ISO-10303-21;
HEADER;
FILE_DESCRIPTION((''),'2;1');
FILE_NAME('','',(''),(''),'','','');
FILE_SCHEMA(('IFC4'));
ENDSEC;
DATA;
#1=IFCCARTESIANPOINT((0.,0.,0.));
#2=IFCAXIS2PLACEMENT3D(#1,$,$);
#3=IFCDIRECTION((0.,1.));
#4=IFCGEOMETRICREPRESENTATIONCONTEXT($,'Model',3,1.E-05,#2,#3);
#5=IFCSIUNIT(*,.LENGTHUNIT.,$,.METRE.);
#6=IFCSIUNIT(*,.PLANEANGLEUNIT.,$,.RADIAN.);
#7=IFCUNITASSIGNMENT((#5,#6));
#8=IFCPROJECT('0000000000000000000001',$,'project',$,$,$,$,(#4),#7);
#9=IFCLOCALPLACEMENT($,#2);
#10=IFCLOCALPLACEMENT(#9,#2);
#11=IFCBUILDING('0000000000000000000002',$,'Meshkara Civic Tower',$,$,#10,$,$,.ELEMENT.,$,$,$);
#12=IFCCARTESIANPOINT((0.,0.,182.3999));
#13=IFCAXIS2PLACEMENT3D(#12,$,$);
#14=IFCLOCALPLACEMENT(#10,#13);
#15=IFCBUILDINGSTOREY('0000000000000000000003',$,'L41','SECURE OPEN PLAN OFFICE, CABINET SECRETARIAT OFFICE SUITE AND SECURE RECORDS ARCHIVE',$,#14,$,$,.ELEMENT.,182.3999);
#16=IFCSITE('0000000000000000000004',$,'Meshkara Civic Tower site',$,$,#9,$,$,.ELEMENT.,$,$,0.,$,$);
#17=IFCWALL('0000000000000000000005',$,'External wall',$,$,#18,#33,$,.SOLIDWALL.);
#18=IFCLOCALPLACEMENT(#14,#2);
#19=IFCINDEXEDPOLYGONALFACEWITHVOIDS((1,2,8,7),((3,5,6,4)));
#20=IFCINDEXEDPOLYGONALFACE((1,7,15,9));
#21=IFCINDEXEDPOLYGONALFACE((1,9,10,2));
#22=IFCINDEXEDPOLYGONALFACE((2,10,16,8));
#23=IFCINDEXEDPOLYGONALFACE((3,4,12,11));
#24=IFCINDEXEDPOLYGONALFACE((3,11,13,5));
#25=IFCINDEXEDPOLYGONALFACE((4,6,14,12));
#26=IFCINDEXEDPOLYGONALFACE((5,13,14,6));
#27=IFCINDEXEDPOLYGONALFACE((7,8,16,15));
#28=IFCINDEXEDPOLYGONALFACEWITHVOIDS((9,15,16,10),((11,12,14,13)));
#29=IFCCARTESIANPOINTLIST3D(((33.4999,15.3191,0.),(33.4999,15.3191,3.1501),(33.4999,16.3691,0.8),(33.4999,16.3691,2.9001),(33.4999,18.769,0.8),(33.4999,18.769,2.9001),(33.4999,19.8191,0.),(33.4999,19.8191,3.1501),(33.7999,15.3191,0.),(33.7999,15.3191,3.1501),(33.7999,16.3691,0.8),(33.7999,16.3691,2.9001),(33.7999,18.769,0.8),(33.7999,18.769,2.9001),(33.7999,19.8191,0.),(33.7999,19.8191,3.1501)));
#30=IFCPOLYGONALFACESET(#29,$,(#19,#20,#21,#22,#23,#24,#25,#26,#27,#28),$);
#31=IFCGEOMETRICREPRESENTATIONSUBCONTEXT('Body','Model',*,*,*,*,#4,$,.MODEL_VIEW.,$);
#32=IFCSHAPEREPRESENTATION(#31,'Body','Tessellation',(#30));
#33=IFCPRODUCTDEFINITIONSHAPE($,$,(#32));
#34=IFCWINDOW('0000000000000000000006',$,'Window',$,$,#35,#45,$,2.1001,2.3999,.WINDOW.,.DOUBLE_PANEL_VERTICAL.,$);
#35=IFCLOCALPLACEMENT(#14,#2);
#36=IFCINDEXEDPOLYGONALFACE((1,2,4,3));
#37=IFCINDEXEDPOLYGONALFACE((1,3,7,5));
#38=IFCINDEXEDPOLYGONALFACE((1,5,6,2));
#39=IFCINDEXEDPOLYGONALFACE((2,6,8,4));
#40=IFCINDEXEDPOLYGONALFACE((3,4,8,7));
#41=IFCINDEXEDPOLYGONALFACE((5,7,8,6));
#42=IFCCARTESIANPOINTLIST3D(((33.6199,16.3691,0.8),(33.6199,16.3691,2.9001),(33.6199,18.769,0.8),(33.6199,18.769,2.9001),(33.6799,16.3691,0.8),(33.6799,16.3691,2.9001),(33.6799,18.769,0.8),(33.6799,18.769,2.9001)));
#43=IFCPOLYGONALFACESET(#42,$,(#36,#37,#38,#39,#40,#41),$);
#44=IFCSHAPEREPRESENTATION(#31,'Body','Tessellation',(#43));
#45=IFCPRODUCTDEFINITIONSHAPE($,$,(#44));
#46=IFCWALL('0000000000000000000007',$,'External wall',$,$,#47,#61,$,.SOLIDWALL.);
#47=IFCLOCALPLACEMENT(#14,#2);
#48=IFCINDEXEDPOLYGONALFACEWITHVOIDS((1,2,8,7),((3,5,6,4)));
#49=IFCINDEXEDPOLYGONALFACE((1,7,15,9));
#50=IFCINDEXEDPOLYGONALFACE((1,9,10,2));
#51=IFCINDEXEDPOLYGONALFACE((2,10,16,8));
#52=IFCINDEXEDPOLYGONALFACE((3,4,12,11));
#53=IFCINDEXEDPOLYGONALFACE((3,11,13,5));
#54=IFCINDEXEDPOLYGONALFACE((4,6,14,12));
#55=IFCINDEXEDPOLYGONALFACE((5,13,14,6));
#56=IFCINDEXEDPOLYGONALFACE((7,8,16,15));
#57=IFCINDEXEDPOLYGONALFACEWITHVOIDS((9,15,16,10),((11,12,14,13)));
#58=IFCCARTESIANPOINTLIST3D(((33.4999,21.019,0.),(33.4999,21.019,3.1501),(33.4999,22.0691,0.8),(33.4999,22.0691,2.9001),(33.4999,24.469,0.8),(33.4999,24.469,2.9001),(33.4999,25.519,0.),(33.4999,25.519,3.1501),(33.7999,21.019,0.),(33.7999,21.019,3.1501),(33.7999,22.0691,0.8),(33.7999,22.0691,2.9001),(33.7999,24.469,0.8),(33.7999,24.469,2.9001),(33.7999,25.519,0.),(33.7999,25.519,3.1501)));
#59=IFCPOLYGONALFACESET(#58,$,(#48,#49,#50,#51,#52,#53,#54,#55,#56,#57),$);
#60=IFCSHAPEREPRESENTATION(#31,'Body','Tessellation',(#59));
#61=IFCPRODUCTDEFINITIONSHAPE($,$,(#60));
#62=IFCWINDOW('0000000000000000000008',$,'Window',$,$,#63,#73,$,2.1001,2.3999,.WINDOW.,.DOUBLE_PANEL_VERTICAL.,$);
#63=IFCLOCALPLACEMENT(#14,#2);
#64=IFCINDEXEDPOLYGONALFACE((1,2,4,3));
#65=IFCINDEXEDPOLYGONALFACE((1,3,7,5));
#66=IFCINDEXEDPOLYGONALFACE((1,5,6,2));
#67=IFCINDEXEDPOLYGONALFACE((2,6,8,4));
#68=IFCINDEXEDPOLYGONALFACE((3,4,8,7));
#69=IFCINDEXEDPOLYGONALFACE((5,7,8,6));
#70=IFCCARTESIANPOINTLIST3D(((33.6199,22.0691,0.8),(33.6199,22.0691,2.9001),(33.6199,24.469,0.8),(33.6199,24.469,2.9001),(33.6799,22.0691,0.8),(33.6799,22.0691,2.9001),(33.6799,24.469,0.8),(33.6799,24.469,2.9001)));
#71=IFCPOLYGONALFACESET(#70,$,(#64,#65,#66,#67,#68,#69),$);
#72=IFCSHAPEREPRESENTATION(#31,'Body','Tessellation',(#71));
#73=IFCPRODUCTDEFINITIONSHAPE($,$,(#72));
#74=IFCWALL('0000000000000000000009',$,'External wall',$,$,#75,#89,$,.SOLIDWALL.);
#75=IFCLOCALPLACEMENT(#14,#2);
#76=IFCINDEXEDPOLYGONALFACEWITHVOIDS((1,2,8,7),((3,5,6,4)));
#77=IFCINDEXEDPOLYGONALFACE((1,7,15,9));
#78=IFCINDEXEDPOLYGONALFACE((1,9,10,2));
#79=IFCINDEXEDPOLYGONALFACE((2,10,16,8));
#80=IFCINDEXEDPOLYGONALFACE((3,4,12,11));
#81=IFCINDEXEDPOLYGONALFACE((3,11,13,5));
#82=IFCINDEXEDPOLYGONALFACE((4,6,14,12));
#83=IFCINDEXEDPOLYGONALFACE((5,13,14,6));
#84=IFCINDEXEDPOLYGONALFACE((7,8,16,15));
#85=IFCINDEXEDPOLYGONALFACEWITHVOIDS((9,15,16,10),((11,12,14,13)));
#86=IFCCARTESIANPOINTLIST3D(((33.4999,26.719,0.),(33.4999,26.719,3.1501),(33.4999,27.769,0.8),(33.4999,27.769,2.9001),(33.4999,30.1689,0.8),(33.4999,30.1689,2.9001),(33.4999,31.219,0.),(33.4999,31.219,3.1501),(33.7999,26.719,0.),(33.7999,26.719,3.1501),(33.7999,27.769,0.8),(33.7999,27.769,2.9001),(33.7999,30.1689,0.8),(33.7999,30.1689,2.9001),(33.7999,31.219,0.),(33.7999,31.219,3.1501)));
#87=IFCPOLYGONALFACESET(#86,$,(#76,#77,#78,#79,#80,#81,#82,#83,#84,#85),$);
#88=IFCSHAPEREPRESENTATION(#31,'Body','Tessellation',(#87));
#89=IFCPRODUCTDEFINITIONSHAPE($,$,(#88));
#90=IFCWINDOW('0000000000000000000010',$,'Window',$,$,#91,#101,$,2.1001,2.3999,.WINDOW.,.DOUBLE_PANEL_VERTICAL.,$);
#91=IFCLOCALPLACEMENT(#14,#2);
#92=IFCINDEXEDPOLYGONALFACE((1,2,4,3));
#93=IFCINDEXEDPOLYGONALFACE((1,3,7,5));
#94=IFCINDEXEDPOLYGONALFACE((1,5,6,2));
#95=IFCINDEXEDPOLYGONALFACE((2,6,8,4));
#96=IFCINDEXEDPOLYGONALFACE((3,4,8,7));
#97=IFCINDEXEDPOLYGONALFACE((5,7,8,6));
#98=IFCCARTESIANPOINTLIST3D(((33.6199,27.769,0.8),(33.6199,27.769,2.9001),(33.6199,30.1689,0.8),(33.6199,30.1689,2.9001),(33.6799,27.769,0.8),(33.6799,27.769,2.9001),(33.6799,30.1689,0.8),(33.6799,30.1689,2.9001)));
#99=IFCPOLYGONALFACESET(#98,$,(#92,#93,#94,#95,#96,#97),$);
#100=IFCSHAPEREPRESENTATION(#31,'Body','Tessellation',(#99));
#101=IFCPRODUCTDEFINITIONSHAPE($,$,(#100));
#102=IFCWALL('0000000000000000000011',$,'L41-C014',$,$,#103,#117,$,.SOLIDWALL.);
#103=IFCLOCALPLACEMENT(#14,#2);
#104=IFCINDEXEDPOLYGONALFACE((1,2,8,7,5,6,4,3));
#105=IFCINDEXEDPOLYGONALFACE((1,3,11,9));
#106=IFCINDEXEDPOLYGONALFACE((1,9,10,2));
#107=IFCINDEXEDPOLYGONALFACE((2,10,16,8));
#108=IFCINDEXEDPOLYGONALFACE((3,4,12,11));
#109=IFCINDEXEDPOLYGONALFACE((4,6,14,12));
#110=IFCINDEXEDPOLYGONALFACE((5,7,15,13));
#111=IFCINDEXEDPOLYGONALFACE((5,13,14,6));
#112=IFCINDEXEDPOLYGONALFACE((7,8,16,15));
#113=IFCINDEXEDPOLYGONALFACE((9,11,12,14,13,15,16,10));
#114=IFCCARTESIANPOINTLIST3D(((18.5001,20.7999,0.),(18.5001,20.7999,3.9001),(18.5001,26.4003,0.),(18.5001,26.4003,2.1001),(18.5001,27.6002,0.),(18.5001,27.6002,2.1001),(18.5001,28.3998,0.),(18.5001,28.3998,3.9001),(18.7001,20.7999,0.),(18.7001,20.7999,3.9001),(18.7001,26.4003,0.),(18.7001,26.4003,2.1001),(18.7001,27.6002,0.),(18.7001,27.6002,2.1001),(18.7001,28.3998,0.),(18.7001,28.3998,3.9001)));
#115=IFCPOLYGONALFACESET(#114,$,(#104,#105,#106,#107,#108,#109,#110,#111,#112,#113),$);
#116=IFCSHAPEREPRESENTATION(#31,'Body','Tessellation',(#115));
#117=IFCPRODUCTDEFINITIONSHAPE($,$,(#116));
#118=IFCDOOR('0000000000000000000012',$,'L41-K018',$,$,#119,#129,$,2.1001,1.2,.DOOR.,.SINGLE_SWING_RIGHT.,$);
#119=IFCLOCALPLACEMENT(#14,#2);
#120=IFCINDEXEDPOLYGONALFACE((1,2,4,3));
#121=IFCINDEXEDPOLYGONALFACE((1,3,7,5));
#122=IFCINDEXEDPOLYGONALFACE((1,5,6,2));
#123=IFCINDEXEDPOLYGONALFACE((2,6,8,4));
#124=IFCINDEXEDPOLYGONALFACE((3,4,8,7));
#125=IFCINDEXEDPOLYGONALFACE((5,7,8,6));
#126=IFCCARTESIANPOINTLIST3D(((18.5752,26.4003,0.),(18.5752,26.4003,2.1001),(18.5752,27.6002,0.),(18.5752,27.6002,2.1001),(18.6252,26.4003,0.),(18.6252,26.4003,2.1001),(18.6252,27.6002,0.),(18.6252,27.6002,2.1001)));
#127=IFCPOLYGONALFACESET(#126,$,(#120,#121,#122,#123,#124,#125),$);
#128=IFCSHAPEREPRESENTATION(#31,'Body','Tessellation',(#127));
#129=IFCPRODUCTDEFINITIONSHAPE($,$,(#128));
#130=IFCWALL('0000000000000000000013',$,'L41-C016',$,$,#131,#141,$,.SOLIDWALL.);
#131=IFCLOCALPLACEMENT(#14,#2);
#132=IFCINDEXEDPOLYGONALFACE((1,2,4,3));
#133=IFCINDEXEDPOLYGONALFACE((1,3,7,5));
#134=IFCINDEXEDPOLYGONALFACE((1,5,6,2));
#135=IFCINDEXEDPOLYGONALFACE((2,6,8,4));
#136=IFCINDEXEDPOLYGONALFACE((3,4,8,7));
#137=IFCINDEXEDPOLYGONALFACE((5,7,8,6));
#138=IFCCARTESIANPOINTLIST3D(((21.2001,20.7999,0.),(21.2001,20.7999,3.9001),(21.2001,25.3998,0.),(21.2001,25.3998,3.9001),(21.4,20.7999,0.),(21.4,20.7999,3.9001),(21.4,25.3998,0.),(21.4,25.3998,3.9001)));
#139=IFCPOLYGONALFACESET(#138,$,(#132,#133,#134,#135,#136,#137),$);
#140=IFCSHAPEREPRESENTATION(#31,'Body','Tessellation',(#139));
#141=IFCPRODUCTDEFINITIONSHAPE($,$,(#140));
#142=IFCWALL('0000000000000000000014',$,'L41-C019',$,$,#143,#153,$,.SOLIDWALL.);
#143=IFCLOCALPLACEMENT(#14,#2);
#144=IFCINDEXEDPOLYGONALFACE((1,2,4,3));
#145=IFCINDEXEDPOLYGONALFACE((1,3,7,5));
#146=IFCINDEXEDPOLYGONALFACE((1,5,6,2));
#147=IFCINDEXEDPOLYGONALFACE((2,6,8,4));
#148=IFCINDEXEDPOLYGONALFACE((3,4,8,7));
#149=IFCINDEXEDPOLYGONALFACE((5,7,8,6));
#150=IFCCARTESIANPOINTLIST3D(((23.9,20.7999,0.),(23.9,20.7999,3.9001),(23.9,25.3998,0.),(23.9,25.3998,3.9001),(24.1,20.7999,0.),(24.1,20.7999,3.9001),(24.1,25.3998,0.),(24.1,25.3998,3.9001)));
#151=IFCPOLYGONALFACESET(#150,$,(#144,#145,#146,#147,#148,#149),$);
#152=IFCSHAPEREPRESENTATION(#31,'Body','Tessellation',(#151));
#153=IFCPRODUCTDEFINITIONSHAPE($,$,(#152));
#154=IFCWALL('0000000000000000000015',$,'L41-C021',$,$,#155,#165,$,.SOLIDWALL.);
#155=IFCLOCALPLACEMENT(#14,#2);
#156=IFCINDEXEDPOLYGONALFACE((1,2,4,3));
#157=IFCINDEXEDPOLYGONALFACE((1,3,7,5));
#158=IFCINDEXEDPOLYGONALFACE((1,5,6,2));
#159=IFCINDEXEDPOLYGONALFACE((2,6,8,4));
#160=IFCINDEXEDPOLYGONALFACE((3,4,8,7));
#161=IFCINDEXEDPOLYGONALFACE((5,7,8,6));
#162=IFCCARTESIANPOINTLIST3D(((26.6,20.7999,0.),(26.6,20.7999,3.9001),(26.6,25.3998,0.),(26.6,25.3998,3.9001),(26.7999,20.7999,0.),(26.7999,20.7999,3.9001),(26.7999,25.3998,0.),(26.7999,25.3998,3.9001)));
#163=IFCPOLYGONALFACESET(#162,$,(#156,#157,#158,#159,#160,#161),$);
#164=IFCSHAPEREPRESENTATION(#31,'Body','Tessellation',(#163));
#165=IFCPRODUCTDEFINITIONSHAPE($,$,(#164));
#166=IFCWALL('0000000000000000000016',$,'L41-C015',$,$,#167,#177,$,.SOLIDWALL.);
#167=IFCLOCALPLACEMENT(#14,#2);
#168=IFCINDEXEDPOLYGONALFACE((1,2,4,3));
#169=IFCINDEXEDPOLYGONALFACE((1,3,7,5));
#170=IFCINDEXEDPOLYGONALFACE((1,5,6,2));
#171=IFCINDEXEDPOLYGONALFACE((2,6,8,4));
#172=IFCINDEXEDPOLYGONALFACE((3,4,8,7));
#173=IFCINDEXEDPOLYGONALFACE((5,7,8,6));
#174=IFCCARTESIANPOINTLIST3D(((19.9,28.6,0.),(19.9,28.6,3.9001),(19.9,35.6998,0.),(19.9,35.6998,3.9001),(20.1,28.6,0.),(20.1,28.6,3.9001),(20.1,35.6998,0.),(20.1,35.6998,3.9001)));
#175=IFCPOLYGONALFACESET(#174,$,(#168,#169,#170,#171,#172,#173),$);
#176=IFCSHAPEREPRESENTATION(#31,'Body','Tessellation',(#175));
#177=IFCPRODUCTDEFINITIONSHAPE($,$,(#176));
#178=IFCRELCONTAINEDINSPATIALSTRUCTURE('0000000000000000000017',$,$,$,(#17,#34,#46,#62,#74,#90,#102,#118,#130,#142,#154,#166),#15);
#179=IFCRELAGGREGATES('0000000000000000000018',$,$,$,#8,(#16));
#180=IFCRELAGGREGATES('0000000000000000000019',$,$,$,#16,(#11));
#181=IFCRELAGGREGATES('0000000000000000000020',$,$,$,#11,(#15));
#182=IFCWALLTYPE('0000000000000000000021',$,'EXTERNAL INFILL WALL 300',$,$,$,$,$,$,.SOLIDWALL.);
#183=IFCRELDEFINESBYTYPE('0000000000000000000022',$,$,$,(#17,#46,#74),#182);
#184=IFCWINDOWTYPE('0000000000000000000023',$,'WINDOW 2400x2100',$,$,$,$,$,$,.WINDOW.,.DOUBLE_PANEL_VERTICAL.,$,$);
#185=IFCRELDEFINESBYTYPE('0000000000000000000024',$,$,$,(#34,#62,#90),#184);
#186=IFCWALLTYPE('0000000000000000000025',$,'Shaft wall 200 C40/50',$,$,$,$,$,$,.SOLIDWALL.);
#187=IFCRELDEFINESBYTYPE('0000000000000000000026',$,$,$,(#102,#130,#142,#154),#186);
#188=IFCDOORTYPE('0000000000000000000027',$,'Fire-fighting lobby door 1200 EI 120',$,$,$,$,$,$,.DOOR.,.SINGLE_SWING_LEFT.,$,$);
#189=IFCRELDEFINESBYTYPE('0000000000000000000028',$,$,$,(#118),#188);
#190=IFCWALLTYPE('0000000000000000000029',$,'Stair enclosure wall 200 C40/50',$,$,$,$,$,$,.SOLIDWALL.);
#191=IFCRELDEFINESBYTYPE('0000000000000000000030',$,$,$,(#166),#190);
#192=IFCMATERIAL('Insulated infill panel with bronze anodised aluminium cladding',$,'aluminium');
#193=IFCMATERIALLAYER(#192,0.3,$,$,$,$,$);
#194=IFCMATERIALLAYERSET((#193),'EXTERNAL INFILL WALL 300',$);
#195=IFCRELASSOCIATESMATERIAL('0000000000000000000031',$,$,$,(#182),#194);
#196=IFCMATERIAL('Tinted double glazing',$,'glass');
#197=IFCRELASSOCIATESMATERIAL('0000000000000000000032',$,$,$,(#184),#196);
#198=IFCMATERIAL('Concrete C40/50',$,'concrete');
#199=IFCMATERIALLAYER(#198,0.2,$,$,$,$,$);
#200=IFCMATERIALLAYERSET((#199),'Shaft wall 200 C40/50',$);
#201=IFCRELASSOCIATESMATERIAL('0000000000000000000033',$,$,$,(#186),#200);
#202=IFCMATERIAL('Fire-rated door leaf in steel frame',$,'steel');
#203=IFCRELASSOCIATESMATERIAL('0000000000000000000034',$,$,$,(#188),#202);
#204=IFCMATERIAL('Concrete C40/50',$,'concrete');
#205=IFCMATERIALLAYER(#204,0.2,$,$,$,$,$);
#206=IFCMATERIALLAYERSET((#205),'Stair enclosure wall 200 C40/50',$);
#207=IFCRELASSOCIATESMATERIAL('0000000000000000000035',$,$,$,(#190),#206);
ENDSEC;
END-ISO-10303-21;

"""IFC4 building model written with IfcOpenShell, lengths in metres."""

from ifc_helpers import new_model, si_unit, direction, frame, frame_2d, origin, place, context, subcontext, project, spatial, rectangle, extrude, material, layer, layer_set, type_object, element, fill, save


model = new_model("IFC4")

# Units and contexts
model_context = context("Model", 3, precision=1e-05, world=origin(), true_north=direction((0.0, 1.0)))
body_context = subcontext(model_context, "Body", "Model", "MODEL_VIEW")
ifc_project = project(units=[si_unit("LENGTHUNIT", "METRE"), si_unit("PLANEANGLEUNIT", "RADIAN")], contexts=[model_context])

# Site, building, storey
site_placement = place(None, origin())
site = spatial("IfcSite", under=ifc_project, at=site_placement, Name="Meshkara Civic Tower site", CompositionType="ELEMENT", RefElevation=0.0)
building_placement = place(site_placement, origin())
building = spatial("IfcBuilding", under=site, at=building_placement, Name="Meshkara Civic Tower", CompositionType="ELEMENT")
storey_placement = place(building_placement, frame((0.0, 0.0, 182.3999)))
storey = spatial("IfcBuildingStorey", under=building, at=storey_placement, Name="L41", Description="SECURE OPEN PLAN OFFICE, CABINET SECRETARIAT OFFICE SUITE AND SECURE RECORDS ARCHIVE", CompositionType="ELEMENT", Elevation=182.3999)

# Walls, openings, windows
ifc_material_1 = material(Name="Insulated infill panel with bronze anodised aluminium cladding", Category="aluminium")
ifc_layer_1 = layer(ifc_material_1, 0.3)
ifc_layer_set_1 = layer_set([ifc_layer_1], Name="EXTERNAL INFILL WALL 300")
wall_type_1 = type_object("IfcWallType", Name="EXTERNAL INFILL WALL 300", PredefinedType="SOLIDWALL", material=ifc_layer_set_1)
ifc_material_2 = material(Name="Tinted double glazing", Category="glass")
window_type = type_object("IfcWindowType", Name="WINDOW 2400x2100", PartitioningType="DOUBLE_PANEL_VERTICAL", PredefinedType="WINDOW", material=ifc_material_2)
wall_1_placement = place(storey_placement, frame((33.6499, 15.3191, 0.0), z_axis=(0.0, 0.0, 1.0), x_axis=(0.0, 1.0, 0.0)))
wall_1 = element("IfcWall", 1, at=wall_1_placement, inside=storey, type_object=wall_type_1, Name="External wall", PredefinedType="SOLIDWALL", context=body_context, shape_type="SweptSolid", body=[
    extrude(rectangle(XDim=4.5, YDim=0.3, at=frame_2d((2.25, 0.0))), origin(), (0.0, 0.0, 1.0), 3.1501),
])
opening_1_placement = place(wall_1_placement, frame((1.05, 0.0, 0.8)))
opening_1 = element("IfcOpeningElement", 2, at=opening_1_placement, cuts=wall_1, PredefinedType="OPENING", context=body_context, shape_type="SweptSolid", body=[
    extrude(rectangle(XDim=2.3999, YDim=2.1001, at=frame_2d((1.2, 1.05))), frame((0.0, 0.1599, 0.0), z_axis=(0.0, -1.0, 0.0), x_axis=(1.0, 0.0, 0.0)), (0.0, 0.0, 1.0), 0.3201),
])
window_1_placement = place(opening_1_placement, origin())
window_1 = element("IfcWindow", 3, at=window_1_placement, inside=storey, type_object=window_type, Name="Window", OverallHeight=2.1001, OverallWidth=2.3999, PartitioningType="DOUBLE_PANEL_VERTICAL", PredefinedType="WINDOW", context=body_context, shape_type="SweptSolid", body=[
    extrude(rectangle(XDim=2.3999, YDim=2.1001, at=frame_2d((1.2, 1.05))), frame((0.0, 0.03, 0.0), z_axis=(0.0, -1.0, 0.0), x_axis=(1.0, 0.0, 0.0)), (0.0, 0.0, 1.0), 0.0601),
])
fill(opening_1, window_1)
wall_2_placement = place(storey_placement, frame((33.6499, 21.019, 0.0), z_axis=(0.0, 0.0, 1.0), x_axis=(0.0, 1.0, 0.0)))
wall_2 = element("IfcWall", 4, at=wall_2_placement, inside=storey, type_object=wall_type_1, Name="External wall", PredefinedType="SOLIDWALL", context=body_context, shape_type="SweptSolid", body=[
    extrude(rectangle(XDim=4.5, YDim=0.3, at=frame_2d((2.25, 0.0))), origin(), (0.0, 0.0, 1.0), 3.1501),
])
opening_2_placement = place(wall_2_placement, frame((1.05, 0.0, 0.8)))
opening_2 = element("IfcOpeningElement", 5, at=opening_2_placement, cuts=wall_2, PredefinedType="OPENING", context=body_context, shape_type="SweptSolid", body=[
    extrude(rectangle(XDim=2.3999, YDim=2.1001, at=frame_2d((1.2, 1.05))), frame((0.0, 0.1599, 0.0), z_axis=(0.0, -1.0, 0.0), x_axis=(1.0, 0.0, 0.0)), (0.0, 0.0, 1.0), 0.3201),
])
window_2_placement = place(opening_2_placement, origin())
window_2 = element("IfcWindow", 6, at=window_2_placement, inside=storey, type_object=window_type, Name="Window", OverallHeight=2.1001, OverallWidth=2.3999, PartitioningType="DOUBLE_PANEL_VERTICAL", PredefinedType="WINDOW", context=body_context, shape_type="SweptSolid", body=[
    extrude(rectangle(XDim=2.3999, YDim=2.1001, at=frame_2d((1.2, 1.05))), frame((0.0, 0.03, 0.0), z_axis=(0.0, -1.0, 0.0), x_axis=(1.0, 0.0, 0.0)), (0.0, 0.0, 1.0), 0.0601),
])
fill(opening_2, window_2)
wall_3_placement = place(storey_placement, frame((33.6499, 26.719, 0.0), z_axis=(0.0, 0.0, 1.0), x_axis=(0.0, 1.0, 0.0)))
wall_3 = element("IfcWall", 7, at=wall_3_placement, inside=storey, type_object=wall_type_1, Name="External wall", PredefinedType="SOLIDWALL", context=body_context, shape_type="SweptSolid", body=[
    extrude(rectangle(XDim=4.5, YDim=0.3, at=frame_2d((2.25, 0.0))), origin(), (0.0, 0.0, 1.0), 3.1501),
])
opening_3_placement = place(wall_3_placement, frame((1.05, 0.0, 0.8)))
opening_3 = element("IfcOpeningElement", 8, at=opening_3_placement, cuts=wall_3, PredefinedType="OPENING", context=body_context, shape_type="SweptSolid", body=[
    extrude(rectangle(XDim=2.3999, YDim=2.1001, at=frame_2d((1.2, 1.05))), frame((0.0, 0.1599, 0.0), z_axis=(0.0, -1.0, 0.0), x_axis=(1.0, 0.0, 0.0)), (0.0, 0.0, 1.0), 0.3201),
])
window_3_placement = place(opening_3_placement, origin())
window_3 = element("IfcWindow", 9, at=window_3_placement, inside=storey, type_object=window_type, Name="Window", OverallHeight=2.1001, OverallWidth=2.3999, PartitioningType="DOUBLE_PANEL_VERTICAL", PredefinedType="WINDOW", context=body_context, shape_type="SweptSolid", body=[
    extrude(rectangle(XDim=2.3999, YDim=2.1001, at=frame_2d((1.2, 1.05))), frame((0.0, 0.03, 0.0), z_axis=(0.0, -1.0, 0.0), x_axis=(1.0, 0.0, 0.0)), (0.0, 0.0, 1.0), 0.0601),
])
fill(opening_3, window_3)

# Wall, opening, door
ifc_material_3 = material(Name="Concrete C40/50", Category="concrete")
ifc_layer_2 = layer(ifc_material_3, 0.2)
ifc_layer_set_2 = layer_set([ifc_layer_2], Name="Shaft wall 200 C40/50")
wall_type_2 = type_object("IfcWallType", Name="Shaft wall 200 C40/50", PredefinedType="SOLIDWALL", material=ifc_layer_set_2)
wall_4_placement = place(storey_placement, frame((18.6001, 20.8, 0.0), z_axis=(0.0, 0.0, 1.0), x_axis=(0.0, 1.0, 0.0)))
wall_4 = element("IfcWall", 10, at=wall_4_placement, inside=storey, type_object=wall_type_2, Name="L41-C014", PredefinedType="SOLIDWALL", context=body_context, shape_type="SweptSolid", body=[
    extrude(rectangle(XDim=7.5999, YDim=0.2, at=frame_2d((3.7998, 0.0))), origin(), (0.0, 0.0, 1.0), 3.9001),
])
opening_4_placement = place(wall_4_placement, frame((5.6001, 0.0, 0.0)))
opening_4 = element("IfcOpeningElement", 11, at=opening_4_placement, cuts=wall_4, PredefinedType="OPENING", context=body_context, shape_type="SweptSolid", body=[
    extrude(rectangle(XDim=1.2, YDim=2.1001, at=frame_2d((0.6001, 1.05))), frame((0.0, 0.1099, 0.0), z_axis=(0.0, -1.0, 0.0), x_axis=(1.0, 0.0, 0.0)), (0.0, 0.0, 1.0), 0.22),
])
ifc_material_4 = material(Name="Fire-rated door leaf in steel frame", Category="steel")
door_type = type_object("IfcDoorType", Name="Fire-fighting lobby door 1200 EI 120", OperationType="SINGLE_SWING_LEFT", PredefinedType="DOOR", material=ifc_material_4)
door_placement = place(opening_4_placement, origin())
door = element("IfcDoor", 12, at=door_placement, inside=storey, type_object=door_type, Name="L41-K018", OperationType="SINGLE_SWING_RIGHT", OverallHeight=2.1001, OverallWidth=1.2, PredefinedType="DOOR", context=body_context, shape_type="SweptSolid", body=[
    extrude(rectangle(XDim=1.2, YDim=2.1001, at=frame_2d((0.6001, 1.05))), frame((0.0, 0.0249, 0.0), z_axis=(0.0, -1.0, 0.0), x_axis=(1.0, 0.0, 0.0)), (0.0, 0.0, 1.0), 0.05),
])
fill(opening_4, door)

# Walls
for number, where, z_axis, x_axis, name in (
    (13, (21.3, 20.8, 0.0), (0.0, 0.0, 1.0), (0.0, 1.0, 0.0), "L41-C016"),
    (14, (24.0, 20.8, 0.0), (0.0, 0.0, 1.0), (0.0, 1.0, 0.0), "L41-C019"),
    (15, (26.7, 20.8, 0.0), (0.0, 0.0, 1.0), (0.0, 1.0, 0.0), "L41-C021"),
):
    element("IfcWall", number, at=place(storey_placement, frame(where, z_axis=z_axis, x_axis=x_axis)), inside=storey, type_object=wall_type_2, Name=name, PredefinedType="SOLIDWALL", context=body_context, shape_type="SweptSolid", body=[
        extrude(rectangle(XDim=4.5999, YDim=0.2, at=frame_2d((2.2998, 0.0))), origin(), (0.0, 0.0, 1.0), 3.9001),
    ])
ifc_material_5 = material(Name="Concrete C40/50", Category="concrete")
ifc_layer_3 = layer(ifc_material_5, 0.2)
ifc_layer_set_3 = layer_set([ifc_layer_3], Name="Stair enclosure wall 200 C40/50")
wall_type_3 = type_object("IfcWallType", Name="Stair enclosure wall 200 C40/50", PredefinedType="SOLIDWALL", material=ifc_layer_set_3)
wall_5_placement = place(storey_placement, frame((20.0, 28.6001, 0.0), z_axis=(0.0, 0.0, 1.0), x_axis=(0.0, 1.0, 0.0)))
element("IfcWall", 16, at=wall_5_placement, inside=storey, type_object=wall_type_3, Name="L41-C015", PredefinedType="SOLIDWALL", context=body_context, shape_type="SweptSolid", body=[
    extrude(rectangle(XDim=7.0999, YDim=0.2, at=frame_2d((3.5498, 0.0))), origin(), (0.0, 0.0, 1.0), 3.9001),
])

save(model, "model.ifc")
